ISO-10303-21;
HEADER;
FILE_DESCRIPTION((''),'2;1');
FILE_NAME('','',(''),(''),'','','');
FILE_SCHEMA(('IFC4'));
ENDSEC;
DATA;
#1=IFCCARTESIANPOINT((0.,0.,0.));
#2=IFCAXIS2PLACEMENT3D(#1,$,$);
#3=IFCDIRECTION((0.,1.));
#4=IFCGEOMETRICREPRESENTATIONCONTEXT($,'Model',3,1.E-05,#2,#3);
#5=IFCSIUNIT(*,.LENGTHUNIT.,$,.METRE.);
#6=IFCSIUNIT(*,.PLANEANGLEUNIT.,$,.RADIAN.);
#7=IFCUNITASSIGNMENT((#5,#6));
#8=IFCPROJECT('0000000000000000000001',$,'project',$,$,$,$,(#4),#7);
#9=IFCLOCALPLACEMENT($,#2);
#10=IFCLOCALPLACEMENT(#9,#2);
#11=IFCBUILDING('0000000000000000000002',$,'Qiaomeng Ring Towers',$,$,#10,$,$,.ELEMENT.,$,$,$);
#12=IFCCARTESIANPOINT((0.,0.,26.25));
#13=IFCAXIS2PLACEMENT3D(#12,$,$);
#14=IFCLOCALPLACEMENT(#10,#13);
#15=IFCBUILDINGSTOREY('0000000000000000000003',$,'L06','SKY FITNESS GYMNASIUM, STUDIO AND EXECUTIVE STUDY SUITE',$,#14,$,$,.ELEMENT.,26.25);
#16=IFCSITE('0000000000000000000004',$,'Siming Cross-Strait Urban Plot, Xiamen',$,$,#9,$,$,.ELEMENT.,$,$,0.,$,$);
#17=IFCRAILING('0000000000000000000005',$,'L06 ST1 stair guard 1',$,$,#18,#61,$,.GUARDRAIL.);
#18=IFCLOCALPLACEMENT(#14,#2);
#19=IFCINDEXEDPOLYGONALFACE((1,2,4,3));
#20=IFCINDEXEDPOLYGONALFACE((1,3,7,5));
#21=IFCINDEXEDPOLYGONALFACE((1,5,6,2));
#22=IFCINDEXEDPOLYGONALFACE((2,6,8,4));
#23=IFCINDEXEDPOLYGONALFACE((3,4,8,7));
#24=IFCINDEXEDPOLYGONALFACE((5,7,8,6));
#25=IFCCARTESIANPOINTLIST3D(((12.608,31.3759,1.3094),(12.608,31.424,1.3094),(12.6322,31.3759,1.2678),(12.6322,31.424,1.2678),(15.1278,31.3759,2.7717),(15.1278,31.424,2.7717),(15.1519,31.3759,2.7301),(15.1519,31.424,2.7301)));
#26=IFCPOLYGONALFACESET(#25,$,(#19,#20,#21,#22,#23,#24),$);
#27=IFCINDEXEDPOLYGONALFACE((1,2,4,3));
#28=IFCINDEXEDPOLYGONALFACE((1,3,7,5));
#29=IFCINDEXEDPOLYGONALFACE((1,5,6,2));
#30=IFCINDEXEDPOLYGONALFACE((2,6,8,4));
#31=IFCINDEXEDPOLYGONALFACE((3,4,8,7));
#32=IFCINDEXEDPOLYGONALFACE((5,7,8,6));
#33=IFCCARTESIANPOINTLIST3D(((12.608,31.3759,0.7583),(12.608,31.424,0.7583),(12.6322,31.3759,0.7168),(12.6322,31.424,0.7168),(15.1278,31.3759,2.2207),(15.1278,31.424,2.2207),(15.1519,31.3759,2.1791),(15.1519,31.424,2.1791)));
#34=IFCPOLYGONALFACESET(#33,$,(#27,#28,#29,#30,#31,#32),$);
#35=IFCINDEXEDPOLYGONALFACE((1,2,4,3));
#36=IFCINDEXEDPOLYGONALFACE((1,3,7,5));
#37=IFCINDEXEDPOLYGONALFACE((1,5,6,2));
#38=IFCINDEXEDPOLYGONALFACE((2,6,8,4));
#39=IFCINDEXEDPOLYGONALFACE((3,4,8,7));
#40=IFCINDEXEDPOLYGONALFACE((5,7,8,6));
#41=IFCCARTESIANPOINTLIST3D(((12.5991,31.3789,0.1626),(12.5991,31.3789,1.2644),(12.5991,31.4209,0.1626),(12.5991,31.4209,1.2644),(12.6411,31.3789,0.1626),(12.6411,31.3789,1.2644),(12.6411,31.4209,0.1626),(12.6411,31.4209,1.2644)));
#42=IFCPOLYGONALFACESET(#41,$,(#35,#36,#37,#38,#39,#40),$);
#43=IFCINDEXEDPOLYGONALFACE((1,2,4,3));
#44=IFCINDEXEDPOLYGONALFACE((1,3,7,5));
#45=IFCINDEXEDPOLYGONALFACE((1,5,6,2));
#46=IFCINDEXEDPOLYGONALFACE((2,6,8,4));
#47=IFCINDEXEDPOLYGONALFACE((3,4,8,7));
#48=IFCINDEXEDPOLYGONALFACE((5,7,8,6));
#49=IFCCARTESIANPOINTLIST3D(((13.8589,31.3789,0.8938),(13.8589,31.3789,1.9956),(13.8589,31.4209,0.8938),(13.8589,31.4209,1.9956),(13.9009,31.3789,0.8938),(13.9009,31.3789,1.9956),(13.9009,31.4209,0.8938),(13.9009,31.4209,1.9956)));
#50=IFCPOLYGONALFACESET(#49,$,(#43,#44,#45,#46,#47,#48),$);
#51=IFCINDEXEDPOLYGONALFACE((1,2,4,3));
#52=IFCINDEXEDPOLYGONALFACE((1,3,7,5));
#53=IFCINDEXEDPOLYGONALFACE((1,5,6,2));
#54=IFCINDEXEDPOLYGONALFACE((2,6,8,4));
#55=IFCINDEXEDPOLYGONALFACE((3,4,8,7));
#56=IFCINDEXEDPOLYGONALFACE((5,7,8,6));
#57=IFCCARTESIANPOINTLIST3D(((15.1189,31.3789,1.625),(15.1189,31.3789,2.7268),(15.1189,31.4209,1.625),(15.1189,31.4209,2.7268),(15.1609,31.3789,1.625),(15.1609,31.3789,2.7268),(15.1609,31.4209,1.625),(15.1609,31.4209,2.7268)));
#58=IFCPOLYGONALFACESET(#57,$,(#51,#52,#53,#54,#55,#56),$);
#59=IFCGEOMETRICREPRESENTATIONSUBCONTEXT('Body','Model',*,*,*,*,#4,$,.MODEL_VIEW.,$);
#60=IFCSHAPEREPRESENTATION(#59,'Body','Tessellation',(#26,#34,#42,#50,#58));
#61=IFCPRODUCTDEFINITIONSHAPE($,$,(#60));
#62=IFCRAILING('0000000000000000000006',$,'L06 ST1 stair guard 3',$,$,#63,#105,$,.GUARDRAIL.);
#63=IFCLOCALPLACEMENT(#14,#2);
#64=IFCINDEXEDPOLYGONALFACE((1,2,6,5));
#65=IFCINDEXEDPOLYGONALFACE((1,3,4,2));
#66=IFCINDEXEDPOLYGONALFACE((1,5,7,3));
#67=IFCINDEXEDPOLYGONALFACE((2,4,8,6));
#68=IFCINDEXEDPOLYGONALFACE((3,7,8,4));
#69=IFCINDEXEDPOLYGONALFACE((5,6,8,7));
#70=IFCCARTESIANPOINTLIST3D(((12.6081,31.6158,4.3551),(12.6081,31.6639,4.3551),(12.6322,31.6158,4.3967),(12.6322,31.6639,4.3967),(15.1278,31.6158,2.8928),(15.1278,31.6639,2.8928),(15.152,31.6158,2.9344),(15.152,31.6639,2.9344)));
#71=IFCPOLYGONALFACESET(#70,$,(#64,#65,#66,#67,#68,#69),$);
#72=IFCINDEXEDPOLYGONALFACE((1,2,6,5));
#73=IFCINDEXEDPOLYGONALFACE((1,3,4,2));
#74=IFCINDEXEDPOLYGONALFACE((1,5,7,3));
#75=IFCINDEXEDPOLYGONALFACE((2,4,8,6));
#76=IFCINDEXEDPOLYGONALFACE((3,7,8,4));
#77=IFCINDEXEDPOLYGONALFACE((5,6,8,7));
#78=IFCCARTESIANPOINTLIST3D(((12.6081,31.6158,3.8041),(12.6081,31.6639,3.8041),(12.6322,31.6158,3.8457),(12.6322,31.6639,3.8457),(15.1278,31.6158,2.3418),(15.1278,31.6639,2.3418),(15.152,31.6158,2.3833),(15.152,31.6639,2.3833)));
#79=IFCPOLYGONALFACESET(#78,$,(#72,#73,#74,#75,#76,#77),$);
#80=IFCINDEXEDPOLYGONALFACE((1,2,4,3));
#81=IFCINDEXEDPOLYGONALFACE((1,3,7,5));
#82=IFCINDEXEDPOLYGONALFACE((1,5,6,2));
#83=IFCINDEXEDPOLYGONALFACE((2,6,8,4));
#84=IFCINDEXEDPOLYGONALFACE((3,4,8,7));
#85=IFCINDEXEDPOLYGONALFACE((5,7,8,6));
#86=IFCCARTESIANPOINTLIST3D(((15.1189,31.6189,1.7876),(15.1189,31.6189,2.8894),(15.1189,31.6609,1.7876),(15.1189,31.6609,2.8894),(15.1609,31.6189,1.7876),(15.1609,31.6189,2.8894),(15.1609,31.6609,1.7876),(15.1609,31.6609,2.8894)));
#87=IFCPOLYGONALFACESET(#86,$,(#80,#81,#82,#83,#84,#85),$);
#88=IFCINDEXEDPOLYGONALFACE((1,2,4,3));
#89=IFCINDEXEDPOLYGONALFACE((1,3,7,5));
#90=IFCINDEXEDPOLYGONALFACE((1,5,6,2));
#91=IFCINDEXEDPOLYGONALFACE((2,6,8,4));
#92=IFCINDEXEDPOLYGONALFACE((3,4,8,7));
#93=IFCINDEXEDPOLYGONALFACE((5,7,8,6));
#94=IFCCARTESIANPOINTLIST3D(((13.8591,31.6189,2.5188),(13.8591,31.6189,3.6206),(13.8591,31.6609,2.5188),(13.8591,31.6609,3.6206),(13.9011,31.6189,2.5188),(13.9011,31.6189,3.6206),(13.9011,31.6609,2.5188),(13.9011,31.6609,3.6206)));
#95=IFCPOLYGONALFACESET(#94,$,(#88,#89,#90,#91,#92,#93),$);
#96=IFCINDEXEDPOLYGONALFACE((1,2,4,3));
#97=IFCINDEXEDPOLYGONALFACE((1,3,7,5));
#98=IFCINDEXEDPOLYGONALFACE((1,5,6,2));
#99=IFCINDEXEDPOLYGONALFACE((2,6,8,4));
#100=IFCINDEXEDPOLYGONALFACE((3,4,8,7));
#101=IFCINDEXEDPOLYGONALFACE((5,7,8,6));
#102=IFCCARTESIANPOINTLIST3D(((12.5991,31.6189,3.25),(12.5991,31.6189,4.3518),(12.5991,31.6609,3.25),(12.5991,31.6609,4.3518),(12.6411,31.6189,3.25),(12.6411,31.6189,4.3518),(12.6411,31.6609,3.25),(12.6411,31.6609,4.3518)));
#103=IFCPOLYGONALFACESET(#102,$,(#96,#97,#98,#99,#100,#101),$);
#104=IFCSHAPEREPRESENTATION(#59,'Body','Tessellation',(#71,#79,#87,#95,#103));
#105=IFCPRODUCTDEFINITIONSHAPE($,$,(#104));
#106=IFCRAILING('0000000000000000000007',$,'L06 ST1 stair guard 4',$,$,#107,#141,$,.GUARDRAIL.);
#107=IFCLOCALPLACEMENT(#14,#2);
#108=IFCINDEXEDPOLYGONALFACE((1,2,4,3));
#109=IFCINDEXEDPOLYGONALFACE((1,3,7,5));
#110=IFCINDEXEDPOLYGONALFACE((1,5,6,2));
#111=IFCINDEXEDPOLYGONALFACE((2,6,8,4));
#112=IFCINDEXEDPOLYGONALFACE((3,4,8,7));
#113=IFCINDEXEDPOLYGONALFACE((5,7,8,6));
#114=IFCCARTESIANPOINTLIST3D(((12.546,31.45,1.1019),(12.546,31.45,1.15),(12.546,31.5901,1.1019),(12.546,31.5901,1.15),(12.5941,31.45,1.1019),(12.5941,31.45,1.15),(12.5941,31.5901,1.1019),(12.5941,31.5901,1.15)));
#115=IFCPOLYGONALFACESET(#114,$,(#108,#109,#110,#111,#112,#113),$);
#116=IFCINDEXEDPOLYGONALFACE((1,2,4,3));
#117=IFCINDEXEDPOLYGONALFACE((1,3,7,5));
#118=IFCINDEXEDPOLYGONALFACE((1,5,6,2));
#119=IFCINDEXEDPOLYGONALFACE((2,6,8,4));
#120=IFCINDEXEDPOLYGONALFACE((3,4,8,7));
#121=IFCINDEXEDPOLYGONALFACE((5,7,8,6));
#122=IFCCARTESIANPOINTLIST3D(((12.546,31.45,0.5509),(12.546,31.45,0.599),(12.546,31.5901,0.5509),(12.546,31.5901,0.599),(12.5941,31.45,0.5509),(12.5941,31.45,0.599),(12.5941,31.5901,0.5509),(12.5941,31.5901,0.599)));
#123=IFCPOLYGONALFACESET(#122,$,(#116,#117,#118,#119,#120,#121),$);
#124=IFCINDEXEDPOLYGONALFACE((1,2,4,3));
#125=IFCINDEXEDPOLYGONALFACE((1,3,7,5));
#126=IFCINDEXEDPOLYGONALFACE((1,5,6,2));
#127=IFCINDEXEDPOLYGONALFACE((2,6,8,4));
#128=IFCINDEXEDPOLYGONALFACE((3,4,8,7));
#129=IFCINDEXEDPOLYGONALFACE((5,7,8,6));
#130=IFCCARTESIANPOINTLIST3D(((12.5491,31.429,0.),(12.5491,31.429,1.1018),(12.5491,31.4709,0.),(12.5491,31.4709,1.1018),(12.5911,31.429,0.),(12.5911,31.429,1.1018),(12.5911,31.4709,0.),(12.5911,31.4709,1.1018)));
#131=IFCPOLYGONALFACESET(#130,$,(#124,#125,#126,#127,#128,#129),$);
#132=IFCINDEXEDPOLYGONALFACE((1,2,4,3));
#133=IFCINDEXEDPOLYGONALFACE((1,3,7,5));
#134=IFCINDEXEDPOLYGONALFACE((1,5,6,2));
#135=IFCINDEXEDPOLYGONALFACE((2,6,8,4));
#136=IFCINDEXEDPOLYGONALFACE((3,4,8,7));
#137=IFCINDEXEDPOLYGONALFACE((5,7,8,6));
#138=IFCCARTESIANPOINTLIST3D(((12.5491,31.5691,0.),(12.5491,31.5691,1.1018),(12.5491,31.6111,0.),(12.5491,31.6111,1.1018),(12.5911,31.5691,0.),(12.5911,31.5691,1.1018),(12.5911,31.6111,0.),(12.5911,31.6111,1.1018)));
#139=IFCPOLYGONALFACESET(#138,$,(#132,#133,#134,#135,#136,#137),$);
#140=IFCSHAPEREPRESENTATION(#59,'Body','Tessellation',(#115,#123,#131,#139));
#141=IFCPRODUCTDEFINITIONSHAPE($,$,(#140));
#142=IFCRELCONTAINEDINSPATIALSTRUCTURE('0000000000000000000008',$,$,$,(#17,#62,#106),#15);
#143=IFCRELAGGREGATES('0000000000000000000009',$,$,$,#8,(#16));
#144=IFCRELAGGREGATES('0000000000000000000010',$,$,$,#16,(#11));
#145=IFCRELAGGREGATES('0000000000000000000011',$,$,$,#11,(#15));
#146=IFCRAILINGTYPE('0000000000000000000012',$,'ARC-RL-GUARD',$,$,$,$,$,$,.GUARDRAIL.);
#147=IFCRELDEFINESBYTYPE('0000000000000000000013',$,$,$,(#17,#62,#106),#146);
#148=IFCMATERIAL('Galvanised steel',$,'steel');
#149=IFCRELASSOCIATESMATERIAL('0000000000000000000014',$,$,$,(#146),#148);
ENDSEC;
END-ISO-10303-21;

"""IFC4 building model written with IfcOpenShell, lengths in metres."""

from ifc_helpers import new_model, si_unit, direction, frame, origin, origin_2d, place, context, subcontext, project, spatial, rectangle, extrude, material, type_object, element, save


model = new_model("IFC4")

# Units and contexts
model_context = context("Model", 3, precision=1e-05, world=origin(), true_north=direction((0.0, 1.0)))
body_context = subcontext(model_context, "Body", "Model", "MODEL_VIEW")
ifc_project = project(units=[si_unit("LENGTHUNIT", "METRE"), si_unit("PLANEANGLEUNIT", "RADIAN")], contexts=[model_context])

# Site, building, storey
site_placement = place(None, origin())
site = spatial("IfcSite", under=ifc_project, at=site_placement, Name="Siming Cross-Strait Urban Plot, Xiamen", CompositionType="ELEMENT", RefElevation=0.0)
building_placement = place(site_placement, origin())
building = spatial("IfcBuilding", under=site, at=building_placement, Name="Qiaomeng Ring Towers", CompositionType="ELEMENT")
storey_placement = place(building_placement, frame((0.0, 0.0, 26.25)))
storey = spatial("IfcBuildingStorey", under=building, at=storey_placement, Name="L06", Description="SKY FITNESS GYMNASIUM, STUDIO AND EXECUTIVE STUDY SUITE", CompositionType="ELEMENT", Elevation=26.25)

# Shared definitions
ifc_material_1 = material(Name="Galvanised steel", Category="steel")

# Railings
railing_type_1 = type_object("IfcRailingType", Name="ARC-RL-GUARD", PredefinedType="GUARDRAIL", material=ifc_material_1)
railing_1_placement = place(storey_placement, frame((12.6201, 31.3999, 0.1626)))
element("IfcRailing", 1, at=railing_1_placement, inside=storey, type_object=railing_type_1, Name="L06 ST1 stair guard 1", PredefinedType="GUARDRAIL", context=body_context, shape_type="SweptSolid", body=[
    extrude(rectangle(XDim=0.0481, YDim=0.0481, at=origin_2d()), frame((0.0, 0.0, 1.126), z_axis=(0.864892, 0.0, 0.501958), x_axis=(0.0, 1.0, 0.0)), (0.0, 0.0, 1.0), 2.9133),
    extrude(rectangle(XDim=0.0481, YDim=0.0481, at=origin_2d()), frame((0.0, 0.0, 0.575), z_axis=(0.864892, 0.0, 0.501958), x_axis=(0.0, 1.0, 0.0)), (0.0, 0.0, 1.0), 2.9133),
    extrude(rectangle(XDim=0.042, YDim=0.042, at=origin_2d()), origin(), (0.0, 0.0, 1.0), 1.1018),
    extrude(rectangle(XDim=0.042, YDim=0.042, at=origin_2d()), frame((1.2598, 0.0, 0.7312)), (0.0, 0.0, 1.0), 1.1018),
    extrude(rectangle(XDim=0.042, YDim=0.042, at=origin_2d()), frame((2.5198, 0.0, 1.4624)), (0.0, 0.0, 1.0), 1.1018),
])
railing_2_placement = place(storey_placement, frame((15.1399, 31.6399, 1.7876)))
element("IfcRailing", 2, at=railing_2_placement, inside=storey, type_object=railing_type_1, Name="L06 ST1 stair guard 3", PredefinedType="GUARDRAIL", context=body_context, shape_type="SweptSolid", body=[
    extrude(rectangle(XDim=0.0481, YDim=0.0481, at=origin_2d()), frame((0.0, 0.0, 1.126), z_axis=(-0.864892, 0.0, 0.501958), x_axis=(0.0, -1.0, 0.0)), (0.0, 0.0, 1.0), 2.9133),
    extrude(rectangle(XDim=0.0481, YDim=0.0481, at=origin_2d()), frame((0.0, 0.0, 0.575), z_axis=(-0.864892, 0.0, 0.501958), x_axis=(0.0, -1.0, 0.0)), (0.0, 0.0, 1.0), 2.9133),
    extrude(rectangle(XDim=0.042, YDim=0.042, at=origin_2d()), origin(), (0.0, 0.0, 1.0), 1.1018),
    extrude(rectangle(XDim=0.042, YDim=0.042, at=origin_2d()), frame((-1.2598, 0.0, 0.7312)), (0.0, 0.0, 1.0), 1.1018),
    extrude(rectangle(XDim=0.042, YDim=0.042, at=origin_2d()), frame((-2.5198, 0.0, 1.4624)), (0.0, 0.0, 1.0), 1.1018),
])
railing_3_placement = place(storey_placement, frame((12.5701, 31.45, 0.0)))
element("IfcRailing", 3, at=railing_3_placement, inside=storey, type_object=railing_type_1, Name="L06 ST1 stair guard 4", PredefinedType="GUARDRAIL", context=body_context, shape_type="SweptSolid", body=[
    extrude(rectangle(XDim=0.0481, YDim=0.0481, at=origin_2d()), frame((0.0, 0.0, 1.126), z_axis=(0.0, 1.0, 0.0), x_axis=(-1.0, 0.0, 0.0)), (0.0, 0.0, 1.0), 0.1401),
    extrude(rectangle(XDim=0.0481, YDim=0.0481, at=origin_2d()), frame((0.0, 0.0, 0.575), z_axis=(0.0, 1.0, 0.0), x_axis=(-1.0, 0.0, 0.0)), (0.0, 0.0, 1.0), 0.1401),
    extrude(rectangle(XDim=0.042, YDim=0.042, at=origin_2d()), origin(), (0.0, 0.0, 1.0), 1.1018),
    extrude(rectangle(XDim=0.042, YDim=0.042, at=origin_2d()), frame((0.0, 0.1401, 0.0)), (0.0, 0.0, 1.0), 1.1018),
])

save(model, "model.ifc")
